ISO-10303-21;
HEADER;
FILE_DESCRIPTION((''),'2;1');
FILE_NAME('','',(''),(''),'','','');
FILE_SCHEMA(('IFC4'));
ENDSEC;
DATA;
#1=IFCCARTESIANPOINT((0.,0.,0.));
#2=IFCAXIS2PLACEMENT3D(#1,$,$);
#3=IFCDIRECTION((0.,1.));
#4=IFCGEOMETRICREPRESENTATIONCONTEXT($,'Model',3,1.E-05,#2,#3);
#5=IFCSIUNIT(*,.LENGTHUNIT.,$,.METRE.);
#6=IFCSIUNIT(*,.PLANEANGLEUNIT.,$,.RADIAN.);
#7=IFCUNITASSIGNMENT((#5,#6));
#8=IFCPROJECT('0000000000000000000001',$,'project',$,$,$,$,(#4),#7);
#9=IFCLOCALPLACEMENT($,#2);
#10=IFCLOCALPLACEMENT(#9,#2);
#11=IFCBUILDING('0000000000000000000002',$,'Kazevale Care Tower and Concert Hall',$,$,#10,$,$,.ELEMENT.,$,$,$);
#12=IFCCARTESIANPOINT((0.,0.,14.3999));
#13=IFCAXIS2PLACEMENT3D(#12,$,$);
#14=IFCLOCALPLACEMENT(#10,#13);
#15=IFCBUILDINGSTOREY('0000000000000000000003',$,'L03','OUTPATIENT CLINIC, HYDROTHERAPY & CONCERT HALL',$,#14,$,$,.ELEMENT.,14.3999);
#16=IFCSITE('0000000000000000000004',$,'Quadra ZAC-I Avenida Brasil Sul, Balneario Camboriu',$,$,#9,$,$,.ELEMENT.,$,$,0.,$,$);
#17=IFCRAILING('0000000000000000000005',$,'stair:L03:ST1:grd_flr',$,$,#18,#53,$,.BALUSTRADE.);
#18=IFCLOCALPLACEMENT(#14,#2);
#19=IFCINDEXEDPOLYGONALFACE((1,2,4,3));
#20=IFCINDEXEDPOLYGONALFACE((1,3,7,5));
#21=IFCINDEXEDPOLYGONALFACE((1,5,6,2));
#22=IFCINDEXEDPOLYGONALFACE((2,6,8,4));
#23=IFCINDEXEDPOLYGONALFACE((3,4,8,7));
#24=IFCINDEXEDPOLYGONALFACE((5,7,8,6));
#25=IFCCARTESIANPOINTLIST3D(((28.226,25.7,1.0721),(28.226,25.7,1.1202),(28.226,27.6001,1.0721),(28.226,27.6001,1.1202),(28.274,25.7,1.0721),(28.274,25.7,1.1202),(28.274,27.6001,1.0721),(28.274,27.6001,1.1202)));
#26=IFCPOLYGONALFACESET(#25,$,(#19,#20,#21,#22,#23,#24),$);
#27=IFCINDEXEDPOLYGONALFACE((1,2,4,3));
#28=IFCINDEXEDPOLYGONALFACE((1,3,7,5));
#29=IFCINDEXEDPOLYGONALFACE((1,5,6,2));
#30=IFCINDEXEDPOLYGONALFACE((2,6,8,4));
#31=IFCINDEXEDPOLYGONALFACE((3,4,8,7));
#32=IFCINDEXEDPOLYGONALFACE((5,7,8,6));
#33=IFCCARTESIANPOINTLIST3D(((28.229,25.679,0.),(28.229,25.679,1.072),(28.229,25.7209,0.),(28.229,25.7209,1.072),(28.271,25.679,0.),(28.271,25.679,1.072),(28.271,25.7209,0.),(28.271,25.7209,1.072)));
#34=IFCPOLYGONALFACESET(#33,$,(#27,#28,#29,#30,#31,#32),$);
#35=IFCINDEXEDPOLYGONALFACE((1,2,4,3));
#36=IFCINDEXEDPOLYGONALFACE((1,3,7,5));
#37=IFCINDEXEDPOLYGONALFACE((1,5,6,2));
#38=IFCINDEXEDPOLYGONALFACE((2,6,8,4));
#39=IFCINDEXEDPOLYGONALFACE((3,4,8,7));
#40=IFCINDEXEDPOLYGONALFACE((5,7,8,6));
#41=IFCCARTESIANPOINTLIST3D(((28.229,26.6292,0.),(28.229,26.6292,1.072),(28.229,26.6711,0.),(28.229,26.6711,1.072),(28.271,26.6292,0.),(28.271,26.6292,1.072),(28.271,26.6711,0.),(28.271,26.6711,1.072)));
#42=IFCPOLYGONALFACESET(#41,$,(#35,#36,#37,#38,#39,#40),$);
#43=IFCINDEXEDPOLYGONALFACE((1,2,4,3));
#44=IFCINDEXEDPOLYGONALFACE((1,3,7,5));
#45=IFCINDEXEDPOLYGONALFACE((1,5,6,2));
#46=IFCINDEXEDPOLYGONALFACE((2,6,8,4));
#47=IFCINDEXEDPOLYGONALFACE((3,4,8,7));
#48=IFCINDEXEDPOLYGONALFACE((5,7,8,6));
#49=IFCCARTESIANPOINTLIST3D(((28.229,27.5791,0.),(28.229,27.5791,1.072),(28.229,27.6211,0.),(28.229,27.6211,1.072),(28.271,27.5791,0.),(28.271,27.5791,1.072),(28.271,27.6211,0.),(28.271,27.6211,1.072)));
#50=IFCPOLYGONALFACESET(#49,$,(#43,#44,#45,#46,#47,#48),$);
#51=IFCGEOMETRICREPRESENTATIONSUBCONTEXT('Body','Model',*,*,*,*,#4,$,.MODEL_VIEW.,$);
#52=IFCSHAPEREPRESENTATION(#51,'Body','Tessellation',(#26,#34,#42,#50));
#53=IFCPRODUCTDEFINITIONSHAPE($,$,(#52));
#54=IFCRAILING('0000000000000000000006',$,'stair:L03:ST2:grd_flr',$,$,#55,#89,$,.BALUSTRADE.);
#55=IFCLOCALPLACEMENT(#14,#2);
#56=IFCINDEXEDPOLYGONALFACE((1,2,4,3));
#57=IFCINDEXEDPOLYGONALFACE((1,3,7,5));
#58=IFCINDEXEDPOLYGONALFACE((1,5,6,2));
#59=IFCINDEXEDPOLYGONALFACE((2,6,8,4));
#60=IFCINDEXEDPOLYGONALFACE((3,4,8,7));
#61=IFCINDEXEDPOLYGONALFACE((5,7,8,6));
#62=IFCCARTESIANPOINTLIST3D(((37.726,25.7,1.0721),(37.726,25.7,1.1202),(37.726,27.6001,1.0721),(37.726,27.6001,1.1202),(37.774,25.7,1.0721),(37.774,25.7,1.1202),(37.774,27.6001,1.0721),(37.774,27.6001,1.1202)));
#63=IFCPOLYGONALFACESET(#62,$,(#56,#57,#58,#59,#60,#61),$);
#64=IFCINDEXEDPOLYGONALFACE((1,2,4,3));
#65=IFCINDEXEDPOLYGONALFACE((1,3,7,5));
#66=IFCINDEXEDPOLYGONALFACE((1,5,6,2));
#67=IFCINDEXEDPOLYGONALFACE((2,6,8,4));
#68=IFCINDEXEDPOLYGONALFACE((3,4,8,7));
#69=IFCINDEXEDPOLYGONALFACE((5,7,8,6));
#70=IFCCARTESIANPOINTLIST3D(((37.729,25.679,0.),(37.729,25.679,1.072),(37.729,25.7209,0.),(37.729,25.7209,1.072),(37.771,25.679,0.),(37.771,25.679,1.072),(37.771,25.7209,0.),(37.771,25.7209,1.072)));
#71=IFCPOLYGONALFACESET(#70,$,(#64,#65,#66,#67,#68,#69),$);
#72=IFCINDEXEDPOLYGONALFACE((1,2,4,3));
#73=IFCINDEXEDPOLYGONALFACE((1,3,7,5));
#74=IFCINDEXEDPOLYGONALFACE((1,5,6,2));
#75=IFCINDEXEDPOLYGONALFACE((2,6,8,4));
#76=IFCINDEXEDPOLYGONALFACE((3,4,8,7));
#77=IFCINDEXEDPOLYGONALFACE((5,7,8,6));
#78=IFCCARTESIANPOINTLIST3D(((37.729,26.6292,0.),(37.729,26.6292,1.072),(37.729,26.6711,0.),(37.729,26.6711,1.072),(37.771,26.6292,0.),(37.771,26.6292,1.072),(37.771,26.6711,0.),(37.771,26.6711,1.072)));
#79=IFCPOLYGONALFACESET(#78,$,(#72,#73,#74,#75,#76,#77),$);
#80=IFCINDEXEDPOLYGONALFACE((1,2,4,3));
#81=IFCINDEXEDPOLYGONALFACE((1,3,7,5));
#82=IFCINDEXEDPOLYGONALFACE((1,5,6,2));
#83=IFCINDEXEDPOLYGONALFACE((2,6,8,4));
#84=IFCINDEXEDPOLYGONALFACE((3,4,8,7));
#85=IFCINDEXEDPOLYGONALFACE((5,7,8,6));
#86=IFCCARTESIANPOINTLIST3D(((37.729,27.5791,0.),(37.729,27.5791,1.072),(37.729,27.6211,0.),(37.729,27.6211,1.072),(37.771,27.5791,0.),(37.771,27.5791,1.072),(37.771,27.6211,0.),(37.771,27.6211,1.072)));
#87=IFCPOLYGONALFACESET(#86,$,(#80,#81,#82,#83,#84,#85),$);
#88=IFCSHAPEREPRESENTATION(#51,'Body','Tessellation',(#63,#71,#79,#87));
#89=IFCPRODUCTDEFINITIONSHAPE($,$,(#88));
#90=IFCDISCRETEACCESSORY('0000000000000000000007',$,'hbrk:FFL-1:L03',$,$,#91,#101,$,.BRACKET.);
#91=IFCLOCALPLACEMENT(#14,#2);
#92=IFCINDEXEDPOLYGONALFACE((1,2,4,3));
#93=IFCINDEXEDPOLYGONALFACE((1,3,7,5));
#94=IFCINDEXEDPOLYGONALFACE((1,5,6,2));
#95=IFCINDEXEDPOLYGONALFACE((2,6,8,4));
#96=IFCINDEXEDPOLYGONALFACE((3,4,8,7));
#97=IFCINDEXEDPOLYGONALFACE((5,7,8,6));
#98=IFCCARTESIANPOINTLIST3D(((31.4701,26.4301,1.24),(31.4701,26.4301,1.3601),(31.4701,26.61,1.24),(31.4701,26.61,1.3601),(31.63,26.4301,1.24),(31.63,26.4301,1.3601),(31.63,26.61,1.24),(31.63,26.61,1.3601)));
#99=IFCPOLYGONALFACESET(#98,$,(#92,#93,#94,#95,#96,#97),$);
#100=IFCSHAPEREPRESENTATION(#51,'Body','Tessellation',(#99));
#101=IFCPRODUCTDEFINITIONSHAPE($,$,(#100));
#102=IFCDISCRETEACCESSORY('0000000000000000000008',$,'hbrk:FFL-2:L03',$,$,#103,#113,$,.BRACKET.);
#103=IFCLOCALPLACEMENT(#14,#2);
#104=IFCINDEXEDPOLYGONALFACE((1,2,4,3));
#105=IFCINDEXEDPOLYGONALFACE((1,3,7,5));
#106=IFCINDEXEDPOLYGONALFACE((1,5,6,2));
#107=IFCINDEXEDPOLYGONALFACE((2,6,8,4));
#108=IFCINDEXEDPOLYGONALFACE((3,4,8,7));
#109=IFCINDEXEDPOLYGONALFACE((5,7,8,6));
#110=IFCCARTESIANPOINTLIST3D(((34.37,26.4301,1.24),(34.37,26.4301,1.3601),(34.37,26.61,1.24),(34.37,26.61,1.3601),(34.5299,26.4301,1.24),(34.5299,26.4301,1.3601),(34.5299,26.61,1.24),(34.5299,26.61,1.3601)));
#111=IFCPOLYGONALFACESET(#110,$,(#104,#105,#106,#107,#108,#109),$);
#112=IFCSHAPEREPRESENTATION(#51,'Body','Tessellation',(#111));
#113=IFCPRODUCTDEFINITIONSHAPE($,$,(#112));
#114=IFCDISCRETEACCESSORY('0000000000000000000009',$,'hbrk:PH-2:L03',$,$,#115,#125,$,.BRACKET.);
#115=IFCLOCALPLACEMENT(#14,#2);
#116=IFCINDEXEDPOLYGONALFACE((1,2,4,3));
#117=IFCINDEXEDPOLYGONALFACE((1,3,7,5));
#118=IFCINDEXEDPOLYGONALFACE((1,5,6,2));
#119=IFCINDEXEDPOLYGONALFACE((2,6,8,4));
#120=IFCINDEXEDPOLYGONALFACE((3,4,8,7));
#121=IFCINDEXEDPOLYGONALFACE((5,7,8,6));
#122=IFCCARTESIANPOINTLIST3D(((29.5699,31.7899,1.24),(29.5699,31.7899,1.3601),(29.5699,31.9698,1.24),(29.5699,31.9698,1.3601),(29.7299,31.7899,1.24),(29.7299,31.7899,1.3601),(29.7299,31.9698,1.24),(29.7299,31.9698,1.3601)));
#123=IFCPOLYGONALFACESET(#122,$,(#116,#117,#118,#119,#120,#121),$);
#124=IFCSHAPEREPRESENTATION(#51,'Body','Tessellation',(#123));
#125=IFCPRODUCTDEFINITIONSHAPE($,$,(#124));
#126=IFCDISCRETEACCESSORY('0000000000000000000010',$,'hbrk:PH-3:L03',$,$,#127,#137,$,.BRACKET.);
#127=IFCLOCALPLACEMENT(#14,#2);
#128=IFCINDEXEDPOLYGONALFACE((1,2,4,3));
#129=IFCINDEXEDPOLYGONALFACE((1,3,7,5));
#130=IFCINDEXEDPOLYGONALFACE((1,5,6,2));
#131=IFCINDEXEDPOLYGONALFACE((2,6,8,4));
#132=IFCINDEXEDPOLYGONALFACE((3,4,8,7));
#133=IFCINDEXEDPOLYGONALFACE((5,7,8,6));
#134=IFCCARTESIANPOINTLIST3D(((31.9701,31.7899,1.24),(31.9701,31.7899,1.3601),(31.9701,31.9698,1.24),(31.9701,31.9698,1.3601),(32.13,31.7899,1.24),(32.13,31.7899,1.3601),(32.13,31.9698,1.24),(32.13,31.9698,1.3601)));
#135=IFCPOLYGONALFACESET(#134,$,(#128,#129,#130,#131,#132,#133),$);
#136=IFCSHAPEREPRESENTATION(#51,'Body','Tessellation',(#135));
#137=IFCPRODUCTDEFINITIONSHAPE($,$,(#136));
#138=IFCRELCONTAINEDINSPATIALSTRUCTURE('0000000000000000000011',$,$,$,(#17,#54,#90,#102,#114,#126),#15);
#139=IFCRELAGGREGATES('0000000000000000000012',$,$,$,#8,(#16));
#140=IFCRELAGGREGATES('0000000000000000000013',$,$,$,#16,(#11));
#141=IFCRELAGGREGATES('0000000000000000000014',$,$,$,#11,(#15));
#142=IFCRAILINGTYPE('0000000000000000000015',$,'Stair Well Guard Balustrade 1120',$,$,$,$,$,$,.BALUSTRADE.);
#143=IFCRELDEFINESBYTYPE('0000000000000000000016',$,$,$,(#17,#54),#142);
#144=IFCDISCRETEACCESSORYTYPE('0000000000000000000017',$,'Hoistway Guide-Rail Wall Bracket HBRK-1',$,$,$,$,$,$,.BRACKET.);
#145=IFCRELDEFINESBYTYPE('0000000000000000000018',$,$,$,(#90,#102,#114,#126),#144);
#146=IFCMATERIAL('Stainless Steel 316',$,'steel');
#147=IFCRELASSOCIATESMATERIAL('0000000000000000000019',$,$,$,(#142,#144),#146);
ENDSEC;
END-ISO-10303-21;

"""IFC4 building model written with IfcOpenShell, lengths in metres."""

from ifc_helpers import new_model, si_unit, direction, frame, origin, origin_2d, place, context, subcontext, project, spatial, rectangle, extrude, material, type_object, element, save


model = new_model("IFC4")

# Units and contexts
model_context = context("Model", 3, precision=1e-05, world=origin(), true_north=direction((0.0, 1.0)))
body_context = subcontext(model_context, "Body", "Model", "MODEL_VIEW")
ifc_project = project(units=[si_unit("LENGTHUNIT", "METRE"), si_unit("PLANEANGLEUNIT", "RADIAN")], contexts=[model_context])

# Site, building, storey
site_placement = place(None, origin())
site = spatial("IfcSite", under=ifc_project, at=site_placement, Name="Quadra ZAC-I Avenida Brasil Sul, Balneario Camboriu", CompositionType="ELEMENT", RefElevation=0.0)
building_placement = place(site_placement, origin())
building = spatial("IfcBuilding", under=site, at=building_placement, Name="Kazevale Care Tower and Concert Hall", CompositionType="ELEMENT")
storey_placement = place(building_placement, frame((0.0, 0.0, 14.3999)))
storey = spatial("IfcBuildingStorey", under=building, at=storey_placement, Name="L03", Description="OUTPATIENT CLINIC, HYDROTHERAPY & CONCERT HALL", CompositionType="ELEMENT", Elevation=14.3999)

# Shared definitions
ifc_material_1 = material(Name="Stainless Steel 316", Category="steel")

# Railings
railing_type_1 = type_object("IfcRailingType", Name="Stair Well Guard Balustrade 1120", PredefinedType="BALUSTRADE", material=ifc_material_1)
for number, where, name in (
    (1, (28.25, 25.7, 0.0), "stair:L03:ST1:grd_flr"),
    (2, (37.75, 25.7, 0.0), "stair:L03:ST2:grd_flr"),
):
    element("IfcRailing", number, at=place(storey_placement, frame(where)), inside=storey, type_object=railing_type_1, Name=name, PredefinedType="BALUSTRADE", context=body_context, shape_type="SweptSolid", body=[
        extrude(rectangle(XDim=0.0481, YDim=0.0481, at=origin_2d()), frame((0.0, 0.0, 1.0962), z_axis=(0.0, 1.0, 0.0), x_axis=(-1.0, 0.0, 0.0)), (0.0, 0.0, 1.0), 1.9001),
        extrude(rectangle(XDim=0.042, YDim=0.042, at=origin_2d()), origin(), (0.0, 0.0, 1.0), 1.072),
        extrude(rectangle(XDim=0.042, YDim=0.042, at=origin_2d()), frame((0.0, 0.9502, 0.0)), (0.0, 0.0, 1.0), 1.072),
        extrude(rectangle(XDim=0.042, YDim=0.042, at=origin_2d()), frame((0.0, 1.9001, 0.0)), (0.0, 0.0, 1.0), 1.072),
    ])

# Discrete accessories
discrete_accessory_type = type_object("IfcDiscreteAccessoryType", Name="Hoistway Guide-Rail Wall Bracket HBRK-1", PredefinedType="BRACKET", material=ifc_material_1)
for number, where, z_axis, x_axis, name in (
    (3, (31.55, 26.52, 1.24), (0.0, 0.0, 1.0), (1.0, 0.0, 0.0), "hbrk:FFL-1:L03"),
    (4, (34.45, 26.52, 1.24), (0.0, 0.0, 1.0), (1.0, 0.0, 0.0), "hbrk:FFL-2:L03"),
    (5, (29.6499, 31.8799, 1.24), (0.0, 0.0, 1.0), (1.0, 0.0, 0.0), "hbrk:PH-2:L03"),
    (6, (32.05, 31.8799, 1.24), (0.0, 0.0, 1.0), (1.0, 0.0, 0.0), "hbrk:PH-3:L03"),
):
    element("IfcDiscreteAccessory", number, at=place(storey_placement, frame(where, z_axis=z_axis, x_axis=x_axis)), inside=storey, type_object=discrete_accessory_type, Name=name, PredefinedType="BRACKET", context=body_context, shape_type="SweptSolid", body=[
        extrude(rectangle(XDim=0.1599, YDim=0.1799, at=origin_2d()), origin(), (0.0, 0.0, 1.0), 0.1201),
    ])

save(model, "model.ifc")
